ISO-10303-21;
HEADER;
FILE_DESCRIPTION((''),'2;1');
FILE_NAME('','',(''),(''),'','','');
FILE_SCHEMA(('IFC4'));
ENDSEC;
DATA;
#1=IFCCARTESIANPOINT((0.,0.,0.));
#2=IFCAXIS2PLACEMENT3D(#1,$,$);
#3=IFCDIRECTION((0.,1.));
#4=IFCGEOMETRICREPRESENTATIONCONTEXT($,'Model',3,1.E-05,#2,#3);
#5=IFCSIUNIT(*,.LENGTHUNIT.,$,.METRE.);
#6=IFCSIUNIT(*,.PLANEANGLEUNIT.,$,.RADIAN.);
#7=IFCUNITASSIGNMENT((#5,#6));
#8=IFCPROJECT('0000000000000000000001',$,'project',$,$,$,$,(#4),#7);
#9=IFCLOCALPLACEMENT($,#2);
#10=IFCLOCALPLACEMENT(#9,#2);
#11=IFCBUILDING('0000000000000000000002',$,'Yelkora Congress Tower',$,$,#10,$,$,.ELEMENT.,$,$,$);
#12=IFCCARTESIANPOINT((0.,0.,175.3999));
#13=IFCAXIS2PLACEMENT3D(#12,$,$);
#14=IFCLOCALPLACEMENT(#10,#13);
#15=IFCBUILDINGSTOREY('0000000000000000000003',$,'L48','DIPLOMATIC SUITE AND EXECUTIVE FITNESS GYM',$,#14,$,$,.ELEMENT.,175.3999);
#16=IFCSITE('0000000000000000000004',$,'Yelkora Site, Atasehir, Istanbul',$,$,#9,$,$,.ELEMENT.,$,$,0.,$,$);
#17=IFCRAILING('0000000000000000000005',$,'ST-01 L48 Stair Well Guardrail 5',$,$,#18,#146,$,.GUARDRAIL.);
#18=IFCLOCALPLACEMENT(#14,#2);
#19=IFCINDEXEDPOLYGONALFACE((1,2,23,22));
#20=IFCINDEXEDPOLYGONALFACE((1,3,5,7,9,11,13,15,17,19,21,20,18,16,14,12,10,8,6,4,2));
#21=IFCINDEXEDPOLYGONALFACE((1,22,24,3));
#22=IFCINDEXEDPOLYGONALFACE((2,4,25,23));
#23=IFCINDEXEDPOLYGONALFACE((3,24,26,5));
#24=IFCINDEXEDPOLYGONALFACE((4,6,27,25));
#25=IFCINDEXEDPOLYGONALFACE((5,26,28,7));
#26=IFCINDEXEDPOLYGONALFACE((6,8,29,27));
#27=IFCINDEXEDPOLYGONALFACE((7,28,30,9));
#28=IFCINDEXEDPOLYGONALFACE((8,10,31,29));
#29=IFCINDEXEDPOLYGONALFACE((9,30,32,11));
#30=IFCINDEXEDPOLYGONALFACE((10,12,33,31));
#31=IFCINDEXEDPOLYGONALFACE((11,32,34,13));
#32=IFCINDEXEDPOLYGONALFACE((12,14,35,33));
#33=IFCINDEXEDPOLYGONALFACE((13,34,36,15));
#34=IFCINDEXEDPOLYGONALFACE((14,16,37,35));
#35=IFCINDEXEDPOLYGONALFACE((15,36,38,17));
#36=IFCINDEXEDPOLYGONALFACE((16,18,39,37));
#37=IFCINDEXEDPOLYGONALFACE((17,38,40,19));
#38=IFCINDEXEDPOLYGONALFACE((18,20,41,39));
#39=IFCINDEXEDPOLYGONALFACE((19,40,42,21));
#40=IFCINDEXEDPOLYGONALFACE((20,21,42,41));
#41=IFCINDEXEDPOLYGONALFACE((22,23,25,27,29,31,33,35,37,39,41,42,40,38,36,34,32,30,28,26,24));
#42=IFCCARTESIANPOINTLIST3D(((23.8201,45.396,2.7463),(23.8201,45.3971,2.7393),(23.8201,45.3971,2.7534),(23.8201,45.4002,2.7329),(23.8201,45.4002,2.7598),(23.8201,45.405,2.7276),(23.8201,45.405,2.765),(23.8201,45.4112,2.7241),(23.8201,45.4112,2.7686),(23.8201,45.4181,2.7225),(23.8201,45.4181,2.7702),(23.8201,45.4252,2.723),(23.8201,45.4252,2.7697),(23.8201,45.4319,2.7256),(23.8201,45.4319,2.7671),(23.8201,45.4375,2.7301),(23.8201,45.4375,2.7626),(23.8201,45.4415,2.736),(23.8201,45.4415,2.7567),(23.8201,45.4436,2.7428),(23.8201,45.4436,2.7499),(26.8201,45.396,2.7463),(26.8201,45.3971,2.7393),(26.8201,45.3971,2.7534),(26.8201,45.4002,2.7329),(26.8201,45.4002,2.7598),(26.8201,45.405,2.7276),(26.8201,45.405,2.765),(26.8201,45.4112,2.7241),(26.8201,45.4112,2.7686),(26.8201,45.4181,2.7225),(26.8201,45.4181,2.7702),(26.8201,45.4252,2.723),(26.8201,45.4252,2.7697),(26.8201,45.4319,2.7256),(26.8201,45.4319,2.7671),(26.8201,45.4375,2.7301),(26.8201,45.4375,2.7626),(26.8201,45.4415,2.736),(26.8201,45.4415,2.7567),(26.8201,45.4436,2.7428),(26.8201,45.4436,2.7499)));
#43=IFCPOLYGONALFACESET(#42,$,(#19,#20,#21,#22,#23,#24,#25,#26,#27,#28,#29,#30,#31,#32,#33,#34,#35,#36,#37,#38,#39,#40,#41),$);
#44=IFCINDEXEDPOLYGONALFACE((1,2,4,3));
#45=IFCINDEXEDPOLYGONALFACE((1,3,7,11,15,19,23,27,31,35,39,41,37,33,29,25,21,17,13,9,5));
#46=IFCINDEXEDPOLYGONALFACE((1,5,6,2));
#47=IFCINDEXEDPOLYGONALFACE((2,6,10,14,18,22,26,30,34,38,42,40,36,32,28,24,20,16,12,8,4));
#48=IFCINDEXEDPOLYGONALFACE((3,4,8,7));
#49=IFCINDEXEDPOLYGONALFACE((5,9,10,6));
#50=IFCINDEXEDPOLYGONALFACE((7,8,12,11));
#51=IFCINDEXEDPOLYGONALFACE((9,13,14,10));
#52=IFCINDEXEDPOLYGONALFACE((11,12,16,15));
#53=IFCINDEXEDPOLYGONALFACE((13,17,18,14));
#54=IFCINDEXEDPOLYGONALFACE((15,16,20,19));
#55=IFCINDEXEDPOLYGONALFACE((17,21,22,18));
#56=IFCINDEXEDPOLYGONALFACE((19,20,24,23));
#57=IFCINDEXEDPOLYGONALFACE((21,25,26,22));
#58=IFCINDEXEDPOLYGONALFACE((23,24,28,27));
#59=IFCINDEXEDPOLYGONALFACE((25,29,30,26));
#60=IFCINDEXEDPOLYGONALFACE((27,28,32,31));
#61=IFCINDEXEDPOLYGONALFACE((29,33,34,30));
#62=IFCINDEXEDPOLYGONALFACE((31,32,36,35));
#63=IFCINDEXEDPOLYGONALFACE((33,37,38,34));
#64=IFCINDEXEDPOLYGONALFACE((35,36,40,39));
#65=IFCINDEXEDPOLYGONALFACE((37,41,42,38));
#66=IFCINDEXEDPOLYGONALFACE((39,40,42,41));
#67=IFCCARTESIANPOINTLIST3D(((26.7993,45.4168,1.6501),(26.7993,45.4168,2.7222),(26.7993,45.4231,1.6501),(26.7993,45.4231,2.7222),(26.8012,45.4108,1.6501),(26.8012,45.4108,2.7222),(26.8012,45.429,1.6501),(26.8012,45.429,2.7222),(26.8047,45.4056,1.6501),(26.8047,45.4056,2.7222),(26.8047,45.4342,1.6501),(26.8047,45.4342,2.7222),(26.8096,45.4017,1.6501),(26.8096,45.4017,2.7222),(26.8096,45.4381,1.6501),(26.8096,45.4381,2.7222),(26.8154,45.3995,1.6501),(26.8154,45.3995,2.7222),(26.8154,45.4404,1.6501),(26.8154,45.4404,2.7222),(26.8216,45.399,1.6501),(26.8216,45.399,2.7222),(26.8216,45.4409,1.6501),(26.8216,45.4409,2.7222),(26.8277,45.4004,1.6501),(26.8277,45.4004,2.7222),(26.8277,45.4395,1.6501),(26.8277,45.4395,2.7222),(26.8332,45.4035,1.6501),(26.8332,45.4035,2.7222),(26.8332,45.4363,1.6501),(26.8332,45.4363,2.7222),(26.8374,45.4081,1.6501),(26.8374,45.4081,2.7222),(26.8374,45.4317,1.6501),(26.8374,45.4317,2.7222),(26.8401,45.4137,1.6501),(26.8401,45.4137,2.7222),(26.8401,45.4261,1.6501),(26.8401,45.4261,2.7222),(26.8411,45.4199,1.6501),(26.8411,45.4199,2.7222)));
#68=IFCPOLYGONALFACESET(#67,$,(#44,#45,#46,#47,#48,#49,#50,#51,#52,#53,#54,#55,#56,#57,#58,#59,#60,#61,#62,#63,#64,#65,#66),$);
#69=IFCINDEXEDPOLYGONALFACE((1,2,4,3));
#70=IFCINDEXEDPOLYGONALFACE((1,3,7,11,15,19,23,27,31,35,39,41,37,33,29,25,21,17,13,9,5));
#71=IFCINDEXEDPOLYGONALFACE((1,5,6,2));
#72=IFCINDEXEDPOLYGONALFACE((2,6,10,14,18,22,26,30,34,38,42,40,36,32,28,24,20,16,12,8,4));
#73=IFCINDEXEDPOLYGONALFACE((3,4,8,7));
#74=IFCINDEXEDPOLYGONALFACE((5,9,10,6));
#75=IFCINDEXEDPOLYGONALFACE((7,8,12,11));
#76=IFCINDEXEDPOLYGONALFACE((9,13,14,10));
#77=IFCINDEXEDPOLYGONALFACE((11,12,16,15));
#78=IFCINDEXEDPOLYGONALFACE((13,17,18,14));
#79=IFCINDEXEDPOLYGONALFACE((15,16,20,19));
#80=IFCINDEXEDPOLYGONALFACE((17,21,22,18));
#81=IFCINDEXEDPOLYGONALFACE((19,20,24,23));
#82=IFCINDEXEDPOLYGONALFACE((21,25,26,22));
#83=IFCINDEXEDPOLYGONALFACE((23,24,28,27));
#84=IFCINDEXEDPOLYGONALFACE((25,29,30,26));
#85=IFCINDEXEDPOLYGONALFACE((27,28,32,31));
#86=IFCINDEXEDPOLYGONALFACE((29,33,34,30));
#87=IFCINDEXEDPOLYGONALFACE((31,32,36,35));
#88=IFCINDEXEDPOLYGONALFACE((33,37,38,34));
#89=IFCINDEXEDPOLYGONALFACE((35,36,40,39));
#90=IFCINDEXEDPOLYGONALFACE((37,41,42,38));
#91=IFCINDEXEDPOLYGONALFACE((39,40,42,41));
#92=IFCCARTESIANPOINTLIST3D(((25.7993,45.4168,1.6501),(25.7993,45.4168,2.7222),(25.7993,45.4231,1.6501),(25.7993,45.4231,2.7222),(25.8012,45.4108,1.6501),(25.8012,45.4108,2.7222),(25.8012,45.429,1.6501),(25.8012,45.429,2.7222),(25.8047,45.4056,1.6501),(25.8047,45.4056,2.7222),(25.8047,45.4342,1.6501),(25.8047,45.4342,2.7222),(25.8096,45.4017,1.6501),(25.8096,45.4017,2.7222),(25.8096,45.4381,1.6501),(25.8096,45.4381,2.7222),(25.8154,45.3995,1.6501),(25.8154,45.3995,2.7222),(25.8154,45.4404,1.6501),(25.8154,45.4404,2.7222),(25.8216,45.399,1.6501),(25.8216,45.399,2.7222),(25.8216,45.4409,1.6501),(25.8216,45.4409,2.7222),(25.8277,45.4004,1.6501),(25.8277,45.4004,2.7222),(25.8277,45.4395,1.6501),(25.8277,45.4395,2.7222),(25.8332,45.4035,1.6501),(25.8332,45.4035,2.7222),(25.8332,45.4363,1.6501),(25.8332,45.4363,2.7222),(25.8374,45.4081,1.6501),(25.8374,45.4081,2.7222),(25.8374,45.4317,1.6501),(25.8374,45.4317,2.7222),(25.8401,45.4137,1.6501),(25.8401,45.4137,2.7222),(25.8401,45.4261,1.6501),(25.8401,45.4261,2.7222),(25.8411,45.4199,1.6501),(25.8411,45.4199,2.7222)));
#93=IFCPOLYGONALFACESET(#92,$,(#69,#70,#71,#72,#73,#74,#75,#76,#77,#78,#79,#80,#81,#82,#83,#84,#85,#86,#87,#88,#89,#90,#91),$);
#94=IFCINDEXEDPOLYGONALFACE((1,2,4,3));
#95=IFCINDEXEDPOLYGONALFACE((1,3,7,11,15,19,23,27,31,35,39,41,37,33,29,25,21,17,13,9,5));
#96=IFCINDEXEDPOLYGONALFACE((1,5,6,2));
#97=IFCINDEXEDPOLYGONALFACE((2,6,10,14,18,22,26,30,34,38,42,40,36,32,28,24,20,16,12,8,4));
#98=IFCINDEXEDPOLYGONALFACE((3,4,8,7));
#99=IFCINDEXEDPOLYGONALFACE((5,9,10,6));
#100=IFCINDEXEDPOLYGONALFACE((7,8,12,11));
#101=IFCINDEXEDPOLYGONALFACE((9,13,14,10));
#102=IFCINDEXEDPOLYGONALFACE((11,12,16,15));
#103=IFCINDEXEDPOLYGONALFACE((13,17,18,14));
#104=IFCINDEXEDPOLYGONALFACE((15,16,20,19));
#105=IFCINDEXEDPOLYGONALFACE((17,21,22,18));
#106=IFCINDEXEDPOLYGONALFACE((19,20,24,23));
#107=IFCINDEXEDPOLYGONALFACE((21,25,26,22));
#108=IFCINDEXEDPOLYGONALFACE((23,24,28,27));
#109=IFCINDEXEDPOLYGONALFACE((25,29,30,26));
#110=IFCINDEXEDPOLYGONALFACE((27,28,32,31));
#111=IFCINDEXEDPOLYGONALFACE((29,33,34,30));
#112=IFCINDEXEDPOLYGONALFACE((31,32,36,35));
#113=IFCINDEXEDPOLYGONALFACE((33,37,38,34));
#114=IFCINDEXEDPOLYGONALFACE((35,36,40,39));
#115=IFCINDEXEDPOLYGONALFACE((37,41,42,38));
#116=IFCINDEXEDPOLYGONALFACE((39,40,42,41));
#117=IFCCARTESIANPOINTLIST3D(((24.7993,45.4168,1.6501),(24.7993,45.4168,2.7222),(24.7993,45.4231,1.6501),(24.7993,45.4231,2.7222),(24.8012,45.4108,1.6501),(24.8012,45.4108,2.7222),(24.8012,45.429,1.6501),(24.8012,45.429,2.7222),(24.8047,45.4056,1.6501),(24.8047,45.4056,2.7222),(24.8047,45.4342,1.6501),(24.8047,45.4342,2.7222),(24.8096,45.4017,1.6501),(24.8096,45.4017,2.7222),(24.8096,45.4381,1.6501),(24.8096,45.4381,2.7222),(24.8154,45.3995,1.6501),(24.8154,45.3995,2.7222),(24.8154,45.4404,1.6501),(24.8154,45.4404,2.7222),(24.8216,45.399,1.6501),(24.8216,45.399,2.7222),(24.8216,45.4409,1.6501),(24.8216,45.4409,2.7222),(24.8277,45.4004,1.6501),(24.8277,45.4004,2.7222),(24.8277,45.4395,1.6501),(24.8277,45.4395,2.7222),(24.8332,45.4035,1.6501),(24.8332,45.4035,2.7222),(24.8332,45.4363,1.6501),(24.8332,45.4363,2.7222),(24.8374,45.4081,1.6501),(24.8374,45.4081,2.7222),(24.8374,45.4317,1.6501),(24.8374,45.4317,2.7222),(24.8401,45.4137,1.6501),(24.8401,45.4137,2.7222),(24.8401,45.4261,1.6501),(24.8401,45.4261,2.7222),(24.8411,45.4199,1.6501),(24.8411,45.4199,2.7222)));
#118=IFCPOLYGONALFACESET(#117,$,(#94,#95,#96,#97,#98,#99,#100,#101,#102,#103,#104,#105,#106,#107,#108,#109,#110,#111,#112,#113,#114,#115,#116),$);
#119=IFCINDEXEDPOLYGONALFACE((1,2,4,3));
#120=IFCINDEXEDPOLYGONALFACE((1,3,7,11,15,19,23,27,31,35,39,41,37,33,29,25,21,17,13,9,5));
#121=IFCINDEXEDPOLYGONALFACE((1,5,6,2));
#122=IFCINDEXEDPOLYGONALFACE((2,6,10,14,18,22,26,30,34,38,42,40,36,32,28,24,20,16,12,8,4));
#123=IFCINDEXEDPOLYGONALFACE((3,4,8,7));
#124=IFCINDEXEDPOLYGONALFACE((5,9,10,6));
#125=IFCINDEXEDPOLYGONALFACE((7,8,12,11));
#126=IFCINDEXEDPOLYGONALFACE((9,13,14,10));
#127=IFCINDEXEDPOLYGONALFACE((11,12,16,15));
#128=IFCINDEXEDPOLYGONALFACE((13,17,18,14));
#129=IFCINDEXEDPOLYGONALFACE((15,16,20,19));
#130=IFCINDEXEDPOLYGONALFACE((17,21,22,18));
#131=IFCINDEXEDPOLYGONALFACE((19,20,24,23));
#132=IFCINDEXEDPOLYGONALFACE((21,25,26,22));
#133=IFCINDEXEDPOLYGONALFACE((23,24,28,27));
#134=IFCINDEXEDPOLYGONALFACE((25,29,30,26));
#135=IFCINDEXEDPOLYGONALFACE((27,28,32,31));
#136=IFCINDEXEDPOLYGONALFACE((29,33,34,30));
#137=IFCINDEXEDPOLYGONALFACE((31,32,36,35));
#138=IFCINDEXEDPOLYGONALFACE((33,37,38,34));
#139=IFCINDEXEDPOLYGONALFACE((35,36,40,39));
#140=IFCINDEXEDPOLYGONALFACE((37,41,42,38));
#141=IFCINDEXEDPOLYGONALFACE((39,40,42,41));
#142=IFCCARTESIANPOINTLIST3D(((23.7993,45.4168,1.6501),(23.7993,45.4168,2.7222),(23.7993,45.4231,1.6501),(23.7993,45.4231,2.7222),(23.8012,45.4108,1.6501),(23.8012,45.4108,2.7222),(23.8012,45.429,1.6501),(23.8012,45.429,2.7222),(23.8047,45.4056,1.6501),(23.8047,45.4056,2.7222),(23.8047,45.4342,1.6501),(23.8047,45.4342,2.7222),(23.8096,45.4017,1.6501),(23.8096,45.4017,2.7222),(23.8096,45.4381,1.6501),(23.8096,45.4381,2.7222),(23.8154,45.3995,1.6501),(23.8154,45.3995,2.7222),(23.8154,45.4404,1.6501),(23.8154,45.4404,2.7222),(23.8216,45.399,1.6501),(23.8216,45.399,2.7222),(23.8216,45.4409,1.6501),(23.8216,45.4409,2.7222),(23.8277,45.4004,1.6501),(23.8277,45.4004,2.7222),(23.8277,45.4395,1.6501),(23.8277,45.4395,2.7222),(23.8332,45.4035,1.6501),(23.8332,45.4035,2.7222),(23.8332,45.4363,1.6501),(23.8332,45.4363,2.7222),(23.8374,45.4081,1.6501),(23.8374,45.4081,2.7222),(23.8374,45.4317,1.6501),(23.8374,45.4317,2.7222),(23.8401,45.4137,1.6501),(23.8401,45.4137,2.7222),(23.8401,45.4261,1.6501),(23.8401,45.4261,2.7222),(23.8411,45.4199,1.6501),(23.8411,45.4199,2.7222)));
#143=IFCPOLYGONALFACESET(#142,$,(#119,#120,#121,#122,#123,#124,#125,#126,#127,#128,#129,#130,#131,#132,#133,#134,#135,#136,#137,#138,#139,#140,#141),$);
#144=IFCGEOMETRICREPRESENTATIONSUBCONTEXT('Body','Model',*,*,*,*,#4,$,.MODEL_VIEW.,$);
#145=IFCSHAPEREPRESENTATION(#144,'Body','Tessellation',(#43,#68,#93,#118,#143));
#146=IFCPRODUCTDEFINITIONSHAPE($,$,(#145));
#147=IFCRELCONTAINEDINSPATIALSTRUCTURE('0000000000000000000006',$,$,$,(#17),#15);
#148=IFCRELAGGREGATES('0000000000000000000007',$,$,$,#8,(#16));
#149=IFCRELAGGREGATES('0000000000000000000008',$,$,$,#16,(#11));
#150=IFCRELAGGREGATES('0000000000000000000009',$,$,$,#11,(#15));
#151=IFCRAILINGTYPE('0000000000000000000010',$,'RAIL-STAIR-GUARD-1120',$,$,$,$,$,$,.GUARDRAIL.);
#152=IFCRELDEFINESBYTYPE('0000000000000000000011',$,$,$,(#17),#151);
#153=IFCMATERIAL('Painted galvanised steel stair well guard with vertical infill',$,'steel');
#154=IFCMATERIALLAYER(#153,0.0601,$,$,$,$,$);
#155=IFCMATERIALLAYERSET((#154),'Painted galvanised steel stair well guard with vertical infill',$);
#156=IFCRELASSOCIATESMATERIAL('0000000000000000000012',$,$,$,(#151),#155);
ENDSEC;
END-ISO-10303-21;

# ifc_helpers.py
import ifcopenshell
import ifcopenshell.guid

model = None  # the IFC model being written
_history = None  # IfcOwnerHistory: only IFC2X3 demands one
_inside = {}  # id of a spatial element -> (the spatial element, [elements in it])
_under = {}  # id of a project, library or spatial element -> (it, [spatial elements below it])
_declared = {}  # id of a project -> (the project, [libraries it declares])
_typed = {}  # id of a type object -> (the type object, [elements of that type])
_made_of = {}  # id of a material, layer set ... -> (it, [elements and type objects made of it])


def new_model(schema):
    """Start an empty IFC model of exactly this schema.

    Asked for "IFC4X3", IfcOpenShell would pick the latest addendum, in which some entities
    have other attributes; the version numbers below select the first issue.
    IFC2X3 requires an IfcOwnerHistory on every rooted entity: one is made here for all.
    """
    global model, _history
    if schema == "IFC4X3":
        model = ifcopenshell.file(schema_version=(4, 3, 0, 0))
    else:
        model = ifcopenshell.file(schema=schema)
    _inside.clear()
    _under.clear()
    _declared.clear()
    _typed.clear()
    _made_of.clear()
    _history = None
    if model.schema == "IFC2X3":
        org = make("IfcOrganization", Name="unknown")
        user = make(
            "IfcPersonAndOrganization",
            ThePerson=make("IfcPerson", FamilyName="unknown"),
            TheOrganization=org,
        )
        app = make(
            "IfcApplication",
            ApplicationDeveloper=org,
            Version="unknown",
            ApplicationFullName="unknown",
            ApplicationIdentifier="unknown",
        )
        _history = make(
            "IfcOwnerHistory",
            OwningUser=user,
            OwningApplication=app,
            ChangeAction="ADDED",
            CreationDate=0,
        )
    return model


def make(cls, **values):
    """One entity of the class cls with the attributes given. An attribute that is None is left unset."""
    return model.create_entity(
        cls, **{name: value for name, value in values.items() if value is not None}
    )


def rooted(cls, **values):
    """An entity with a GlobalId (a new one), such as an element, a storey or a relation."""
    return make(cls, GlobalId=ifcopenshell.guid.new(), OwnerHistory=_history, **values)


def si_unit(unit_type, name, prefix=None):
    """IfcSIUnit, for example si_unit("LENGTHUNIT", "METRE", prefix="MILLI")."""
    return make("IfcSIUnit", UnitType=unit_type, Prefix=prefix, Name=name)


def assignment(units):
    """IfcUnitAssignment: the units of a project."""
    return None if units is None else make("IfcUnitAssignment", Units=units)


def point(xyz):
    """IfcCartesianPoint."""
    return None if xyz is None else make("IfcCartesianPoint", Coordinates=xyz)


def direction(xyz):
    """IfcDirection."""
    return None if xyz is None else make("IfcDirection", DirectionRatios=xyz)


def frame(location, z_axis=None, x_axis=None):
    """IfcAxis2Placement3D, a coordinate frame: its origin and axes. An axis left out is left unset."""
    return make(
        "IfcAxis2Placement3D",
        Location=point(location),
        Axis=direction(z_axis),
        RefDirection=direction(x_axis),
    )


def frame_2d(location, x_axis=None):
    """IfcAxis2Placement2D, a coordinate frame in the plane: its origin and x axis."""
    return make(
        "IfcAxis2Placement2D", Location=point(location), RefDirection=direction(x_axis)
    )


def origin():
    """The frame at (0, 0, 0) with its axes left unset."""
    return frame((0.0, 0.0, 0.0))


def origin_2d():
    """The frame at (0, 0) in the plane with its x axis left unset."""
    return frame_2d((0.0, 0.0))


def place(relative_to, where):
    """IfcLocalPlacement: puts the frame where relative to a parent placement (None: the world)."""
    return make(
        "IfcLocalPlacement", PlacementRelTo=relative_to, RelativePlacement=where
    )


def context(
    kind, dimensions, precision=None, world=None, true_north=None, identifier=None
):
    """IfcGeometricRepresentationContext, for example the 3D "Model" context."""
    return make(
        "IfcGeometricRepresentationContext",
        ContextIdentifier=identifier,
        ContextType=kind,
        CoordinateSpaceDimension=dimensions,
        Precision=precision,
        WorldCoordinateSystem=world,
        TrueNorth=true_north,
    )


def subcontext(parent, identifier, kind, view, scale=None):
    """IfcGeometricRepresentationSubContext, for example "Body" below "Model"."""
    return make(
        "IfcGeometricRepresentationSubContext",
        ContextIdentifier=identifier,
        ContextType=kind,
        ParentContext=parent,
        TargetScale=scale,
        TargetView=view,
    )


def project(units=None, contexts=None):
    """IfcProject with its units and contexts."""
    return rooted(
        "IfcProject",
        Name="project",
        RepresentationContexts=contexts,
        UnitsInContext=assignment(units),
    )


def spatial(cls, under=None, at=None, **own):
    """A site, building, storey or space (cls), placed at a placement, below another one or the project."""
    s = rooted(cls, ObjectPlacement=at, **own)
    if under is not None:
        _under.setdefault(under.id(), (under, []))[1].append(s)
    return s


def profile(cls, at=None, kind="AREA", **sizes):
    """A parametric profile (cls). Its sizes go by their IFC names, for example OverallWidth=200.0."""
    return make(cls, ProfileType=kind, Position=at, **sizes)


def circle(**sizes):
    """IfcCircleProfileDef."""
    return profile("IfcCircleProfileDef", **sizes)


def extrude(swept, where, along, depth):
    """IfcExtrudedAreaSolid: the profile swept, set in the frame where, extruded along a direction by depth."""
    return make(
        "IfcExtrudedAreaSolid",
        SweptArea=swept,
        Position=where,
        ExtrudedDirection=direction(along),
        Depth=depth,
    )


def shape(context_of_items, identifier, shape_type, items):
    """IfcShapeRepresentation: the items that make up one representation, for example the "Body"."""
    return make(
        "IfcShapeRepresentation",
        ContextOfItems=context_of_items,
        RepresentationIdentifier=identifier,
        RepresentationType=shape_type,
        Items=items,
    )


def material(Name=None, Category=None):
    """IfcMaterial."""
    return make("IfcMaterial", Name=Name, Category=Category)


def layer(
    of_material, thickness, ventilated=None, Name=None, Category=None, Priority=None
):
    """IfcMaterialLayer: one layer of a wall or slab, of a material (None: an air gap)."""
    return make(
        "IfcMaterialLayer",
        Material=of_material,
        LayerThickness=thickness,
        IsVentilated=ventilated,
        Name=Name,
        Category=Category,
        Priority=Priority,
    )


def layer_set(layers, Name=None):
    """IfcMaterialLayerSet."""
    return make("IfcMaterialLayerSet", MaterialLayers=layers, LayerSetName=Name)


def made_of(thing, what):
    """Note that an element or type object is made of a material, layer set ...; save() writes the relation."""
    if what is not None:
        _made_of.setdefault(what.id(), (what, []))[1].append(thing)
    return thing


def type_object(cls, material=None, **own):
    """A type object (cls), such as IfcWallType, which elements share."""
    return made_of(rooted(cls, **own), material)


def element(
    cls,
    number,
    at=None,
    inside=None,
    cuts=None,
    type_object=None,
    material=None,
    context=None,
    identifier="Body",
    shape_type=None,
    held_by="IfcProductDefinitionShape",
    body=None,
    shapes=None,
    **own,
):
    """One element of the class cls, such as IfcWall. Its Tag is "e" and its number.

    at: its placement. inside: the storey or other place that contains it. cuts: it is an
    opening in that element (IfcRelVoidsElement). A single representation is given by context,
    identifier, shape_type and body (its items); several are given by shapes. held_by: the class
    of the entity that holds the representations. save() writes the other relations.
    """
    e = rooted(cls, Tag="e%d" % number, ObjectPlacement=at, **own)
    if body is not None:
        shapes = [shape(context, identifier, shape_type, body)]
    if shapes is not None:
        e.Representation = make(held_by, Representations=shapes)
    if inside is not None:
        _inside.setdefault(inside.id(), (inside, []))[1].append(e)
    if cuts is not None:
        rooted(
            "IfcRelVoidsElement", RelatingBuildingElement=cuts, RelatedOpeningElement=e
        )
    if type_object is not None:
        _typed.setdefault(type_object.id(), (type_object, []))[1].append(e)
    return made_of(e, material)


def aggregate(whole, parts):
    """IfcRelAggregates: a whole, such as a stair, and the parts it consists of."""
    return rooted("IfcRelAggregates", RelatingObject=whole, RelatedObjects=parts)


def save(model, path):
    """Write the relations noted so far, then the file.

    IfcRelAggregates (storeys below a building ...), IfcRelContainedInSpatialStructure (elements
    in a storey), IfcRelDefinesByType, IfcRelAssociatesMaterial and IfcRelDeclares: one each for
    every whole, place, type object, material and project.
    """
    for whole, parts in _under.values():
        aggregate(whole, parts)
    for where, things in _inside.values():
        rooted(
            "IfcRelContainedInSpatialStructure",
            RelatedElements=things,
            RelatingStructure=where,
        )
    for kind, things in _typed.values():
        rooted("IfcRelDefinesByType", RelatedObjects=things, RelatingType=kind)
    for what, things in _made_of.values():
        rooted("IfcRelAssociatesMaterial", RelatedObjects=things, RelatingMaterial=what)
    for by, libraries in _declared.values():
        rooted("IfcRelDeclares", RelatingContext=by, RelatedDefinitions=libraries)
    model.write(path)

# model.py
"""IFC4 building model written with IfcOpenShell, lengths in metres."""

from ifc_helpers import new_model, si_unit, direction, frame, origin, origin_2d, place, context, subcontext, project, spatial, circle, extrude, material, layer, layer_set, type_object, element, save


model = new_model("IFC4")

# Units and contexts
model_context = context("Model", 3, precision=1e-05, world=origin(), true_north=direction((0.0, 1.0)))
body_context = subcontext(model_context, "Body", "Model", "MODEL_VIEW")
ifc_project = project(units=[si_unit("LENGTHUNIT", "METRE"), si_unit("PLANEANGLEUNIT", "RADIAN")], contexts=[model_context])

# Site, building, storey
site_placement = place(None, origin())
site = spatial("IfcSite", under=ifc_project, at=site_placement, Name="Yelkora Site, Atasehir, Istanbul", CompositionType="ELEMENT", RefElevation=0.0)
building_placement = place(site_placement, origin())
building = spatial("IfcBuilding", under=site, at=building_placement, Name="Yelkora Congress Tower", CompositionType="ELEMENT")
storey_placement = place(building_placement, frame((0.0, 0.0, 175.3999)))
storey = spatial("IfcBuildingStorey", under=building, at=storey_placement, Name="L48", Description="DIPLOMATIC SUITE AND EXECUTIVE FITNESS GYM", CompositionType="ELEMENT", Elevation=175.3999)

# Railing
ifc_material_1 = material(Name="Painted galvanised steel stair well guard with vertical infill", Category="steel")
ifc_layer_1 = layer(ifc_material_1, 0.0601)
ifc_layer_set_1 = layer_set([ifc_layer_1], Name="Painted galvanised steel stair well guard with vertical infill")
railing_type_1 = type_object("IfcRailingType", Name="RAIL-STAIR-GUARD-1120", PredefinedType="GUARDRAIL", material=ifc_layer_set_1)
railing_1_placement = place(storey_placement, frame((26.8201, 45.4199, 1.6501)))
element("IfcRailing", 1, at=railing_1_placement, inside=storey, type_object=railing_type_1, Name="ST-01 L48 Stair Well Guardrail 5", PredefinedType="GUARDRAIL", context=body_context, shape_type="SweptSolid", body=[
    extrude(circle(Radius=0.0239, at=origin_2d()), frame((0.0, 0.0, 1.0962), z_axis=(-1.0, 0.0, 0.0), x_axis=(0.0, -1.0, 0.0)), (0.0, 0.0, 1.0), 3.0),
    extrude(circle(Radius=0.021, at=origin_2d()), origin(), (0.0, 0.0, 1.0), 1.072),
    extrude(circle(Radius=0.021, at=origin_2d()), frame((-1.0, 0.0, 0.0)), (0.0, 0.0, 1.0), 1.072),
    extrude(circle(Radius=0.021, at=origin_2d()), frame((-2.0, 0.0, 0.0)), (0.0, 0.0, 1.0), 1.072),
    extrude(circle(Radius=0.021, at=origin_2d()), frame((-3.0, 0.0, 0.0)), (0.0, 0.0, 1.0), 1.072),
])

save(model, "model.ifc")
